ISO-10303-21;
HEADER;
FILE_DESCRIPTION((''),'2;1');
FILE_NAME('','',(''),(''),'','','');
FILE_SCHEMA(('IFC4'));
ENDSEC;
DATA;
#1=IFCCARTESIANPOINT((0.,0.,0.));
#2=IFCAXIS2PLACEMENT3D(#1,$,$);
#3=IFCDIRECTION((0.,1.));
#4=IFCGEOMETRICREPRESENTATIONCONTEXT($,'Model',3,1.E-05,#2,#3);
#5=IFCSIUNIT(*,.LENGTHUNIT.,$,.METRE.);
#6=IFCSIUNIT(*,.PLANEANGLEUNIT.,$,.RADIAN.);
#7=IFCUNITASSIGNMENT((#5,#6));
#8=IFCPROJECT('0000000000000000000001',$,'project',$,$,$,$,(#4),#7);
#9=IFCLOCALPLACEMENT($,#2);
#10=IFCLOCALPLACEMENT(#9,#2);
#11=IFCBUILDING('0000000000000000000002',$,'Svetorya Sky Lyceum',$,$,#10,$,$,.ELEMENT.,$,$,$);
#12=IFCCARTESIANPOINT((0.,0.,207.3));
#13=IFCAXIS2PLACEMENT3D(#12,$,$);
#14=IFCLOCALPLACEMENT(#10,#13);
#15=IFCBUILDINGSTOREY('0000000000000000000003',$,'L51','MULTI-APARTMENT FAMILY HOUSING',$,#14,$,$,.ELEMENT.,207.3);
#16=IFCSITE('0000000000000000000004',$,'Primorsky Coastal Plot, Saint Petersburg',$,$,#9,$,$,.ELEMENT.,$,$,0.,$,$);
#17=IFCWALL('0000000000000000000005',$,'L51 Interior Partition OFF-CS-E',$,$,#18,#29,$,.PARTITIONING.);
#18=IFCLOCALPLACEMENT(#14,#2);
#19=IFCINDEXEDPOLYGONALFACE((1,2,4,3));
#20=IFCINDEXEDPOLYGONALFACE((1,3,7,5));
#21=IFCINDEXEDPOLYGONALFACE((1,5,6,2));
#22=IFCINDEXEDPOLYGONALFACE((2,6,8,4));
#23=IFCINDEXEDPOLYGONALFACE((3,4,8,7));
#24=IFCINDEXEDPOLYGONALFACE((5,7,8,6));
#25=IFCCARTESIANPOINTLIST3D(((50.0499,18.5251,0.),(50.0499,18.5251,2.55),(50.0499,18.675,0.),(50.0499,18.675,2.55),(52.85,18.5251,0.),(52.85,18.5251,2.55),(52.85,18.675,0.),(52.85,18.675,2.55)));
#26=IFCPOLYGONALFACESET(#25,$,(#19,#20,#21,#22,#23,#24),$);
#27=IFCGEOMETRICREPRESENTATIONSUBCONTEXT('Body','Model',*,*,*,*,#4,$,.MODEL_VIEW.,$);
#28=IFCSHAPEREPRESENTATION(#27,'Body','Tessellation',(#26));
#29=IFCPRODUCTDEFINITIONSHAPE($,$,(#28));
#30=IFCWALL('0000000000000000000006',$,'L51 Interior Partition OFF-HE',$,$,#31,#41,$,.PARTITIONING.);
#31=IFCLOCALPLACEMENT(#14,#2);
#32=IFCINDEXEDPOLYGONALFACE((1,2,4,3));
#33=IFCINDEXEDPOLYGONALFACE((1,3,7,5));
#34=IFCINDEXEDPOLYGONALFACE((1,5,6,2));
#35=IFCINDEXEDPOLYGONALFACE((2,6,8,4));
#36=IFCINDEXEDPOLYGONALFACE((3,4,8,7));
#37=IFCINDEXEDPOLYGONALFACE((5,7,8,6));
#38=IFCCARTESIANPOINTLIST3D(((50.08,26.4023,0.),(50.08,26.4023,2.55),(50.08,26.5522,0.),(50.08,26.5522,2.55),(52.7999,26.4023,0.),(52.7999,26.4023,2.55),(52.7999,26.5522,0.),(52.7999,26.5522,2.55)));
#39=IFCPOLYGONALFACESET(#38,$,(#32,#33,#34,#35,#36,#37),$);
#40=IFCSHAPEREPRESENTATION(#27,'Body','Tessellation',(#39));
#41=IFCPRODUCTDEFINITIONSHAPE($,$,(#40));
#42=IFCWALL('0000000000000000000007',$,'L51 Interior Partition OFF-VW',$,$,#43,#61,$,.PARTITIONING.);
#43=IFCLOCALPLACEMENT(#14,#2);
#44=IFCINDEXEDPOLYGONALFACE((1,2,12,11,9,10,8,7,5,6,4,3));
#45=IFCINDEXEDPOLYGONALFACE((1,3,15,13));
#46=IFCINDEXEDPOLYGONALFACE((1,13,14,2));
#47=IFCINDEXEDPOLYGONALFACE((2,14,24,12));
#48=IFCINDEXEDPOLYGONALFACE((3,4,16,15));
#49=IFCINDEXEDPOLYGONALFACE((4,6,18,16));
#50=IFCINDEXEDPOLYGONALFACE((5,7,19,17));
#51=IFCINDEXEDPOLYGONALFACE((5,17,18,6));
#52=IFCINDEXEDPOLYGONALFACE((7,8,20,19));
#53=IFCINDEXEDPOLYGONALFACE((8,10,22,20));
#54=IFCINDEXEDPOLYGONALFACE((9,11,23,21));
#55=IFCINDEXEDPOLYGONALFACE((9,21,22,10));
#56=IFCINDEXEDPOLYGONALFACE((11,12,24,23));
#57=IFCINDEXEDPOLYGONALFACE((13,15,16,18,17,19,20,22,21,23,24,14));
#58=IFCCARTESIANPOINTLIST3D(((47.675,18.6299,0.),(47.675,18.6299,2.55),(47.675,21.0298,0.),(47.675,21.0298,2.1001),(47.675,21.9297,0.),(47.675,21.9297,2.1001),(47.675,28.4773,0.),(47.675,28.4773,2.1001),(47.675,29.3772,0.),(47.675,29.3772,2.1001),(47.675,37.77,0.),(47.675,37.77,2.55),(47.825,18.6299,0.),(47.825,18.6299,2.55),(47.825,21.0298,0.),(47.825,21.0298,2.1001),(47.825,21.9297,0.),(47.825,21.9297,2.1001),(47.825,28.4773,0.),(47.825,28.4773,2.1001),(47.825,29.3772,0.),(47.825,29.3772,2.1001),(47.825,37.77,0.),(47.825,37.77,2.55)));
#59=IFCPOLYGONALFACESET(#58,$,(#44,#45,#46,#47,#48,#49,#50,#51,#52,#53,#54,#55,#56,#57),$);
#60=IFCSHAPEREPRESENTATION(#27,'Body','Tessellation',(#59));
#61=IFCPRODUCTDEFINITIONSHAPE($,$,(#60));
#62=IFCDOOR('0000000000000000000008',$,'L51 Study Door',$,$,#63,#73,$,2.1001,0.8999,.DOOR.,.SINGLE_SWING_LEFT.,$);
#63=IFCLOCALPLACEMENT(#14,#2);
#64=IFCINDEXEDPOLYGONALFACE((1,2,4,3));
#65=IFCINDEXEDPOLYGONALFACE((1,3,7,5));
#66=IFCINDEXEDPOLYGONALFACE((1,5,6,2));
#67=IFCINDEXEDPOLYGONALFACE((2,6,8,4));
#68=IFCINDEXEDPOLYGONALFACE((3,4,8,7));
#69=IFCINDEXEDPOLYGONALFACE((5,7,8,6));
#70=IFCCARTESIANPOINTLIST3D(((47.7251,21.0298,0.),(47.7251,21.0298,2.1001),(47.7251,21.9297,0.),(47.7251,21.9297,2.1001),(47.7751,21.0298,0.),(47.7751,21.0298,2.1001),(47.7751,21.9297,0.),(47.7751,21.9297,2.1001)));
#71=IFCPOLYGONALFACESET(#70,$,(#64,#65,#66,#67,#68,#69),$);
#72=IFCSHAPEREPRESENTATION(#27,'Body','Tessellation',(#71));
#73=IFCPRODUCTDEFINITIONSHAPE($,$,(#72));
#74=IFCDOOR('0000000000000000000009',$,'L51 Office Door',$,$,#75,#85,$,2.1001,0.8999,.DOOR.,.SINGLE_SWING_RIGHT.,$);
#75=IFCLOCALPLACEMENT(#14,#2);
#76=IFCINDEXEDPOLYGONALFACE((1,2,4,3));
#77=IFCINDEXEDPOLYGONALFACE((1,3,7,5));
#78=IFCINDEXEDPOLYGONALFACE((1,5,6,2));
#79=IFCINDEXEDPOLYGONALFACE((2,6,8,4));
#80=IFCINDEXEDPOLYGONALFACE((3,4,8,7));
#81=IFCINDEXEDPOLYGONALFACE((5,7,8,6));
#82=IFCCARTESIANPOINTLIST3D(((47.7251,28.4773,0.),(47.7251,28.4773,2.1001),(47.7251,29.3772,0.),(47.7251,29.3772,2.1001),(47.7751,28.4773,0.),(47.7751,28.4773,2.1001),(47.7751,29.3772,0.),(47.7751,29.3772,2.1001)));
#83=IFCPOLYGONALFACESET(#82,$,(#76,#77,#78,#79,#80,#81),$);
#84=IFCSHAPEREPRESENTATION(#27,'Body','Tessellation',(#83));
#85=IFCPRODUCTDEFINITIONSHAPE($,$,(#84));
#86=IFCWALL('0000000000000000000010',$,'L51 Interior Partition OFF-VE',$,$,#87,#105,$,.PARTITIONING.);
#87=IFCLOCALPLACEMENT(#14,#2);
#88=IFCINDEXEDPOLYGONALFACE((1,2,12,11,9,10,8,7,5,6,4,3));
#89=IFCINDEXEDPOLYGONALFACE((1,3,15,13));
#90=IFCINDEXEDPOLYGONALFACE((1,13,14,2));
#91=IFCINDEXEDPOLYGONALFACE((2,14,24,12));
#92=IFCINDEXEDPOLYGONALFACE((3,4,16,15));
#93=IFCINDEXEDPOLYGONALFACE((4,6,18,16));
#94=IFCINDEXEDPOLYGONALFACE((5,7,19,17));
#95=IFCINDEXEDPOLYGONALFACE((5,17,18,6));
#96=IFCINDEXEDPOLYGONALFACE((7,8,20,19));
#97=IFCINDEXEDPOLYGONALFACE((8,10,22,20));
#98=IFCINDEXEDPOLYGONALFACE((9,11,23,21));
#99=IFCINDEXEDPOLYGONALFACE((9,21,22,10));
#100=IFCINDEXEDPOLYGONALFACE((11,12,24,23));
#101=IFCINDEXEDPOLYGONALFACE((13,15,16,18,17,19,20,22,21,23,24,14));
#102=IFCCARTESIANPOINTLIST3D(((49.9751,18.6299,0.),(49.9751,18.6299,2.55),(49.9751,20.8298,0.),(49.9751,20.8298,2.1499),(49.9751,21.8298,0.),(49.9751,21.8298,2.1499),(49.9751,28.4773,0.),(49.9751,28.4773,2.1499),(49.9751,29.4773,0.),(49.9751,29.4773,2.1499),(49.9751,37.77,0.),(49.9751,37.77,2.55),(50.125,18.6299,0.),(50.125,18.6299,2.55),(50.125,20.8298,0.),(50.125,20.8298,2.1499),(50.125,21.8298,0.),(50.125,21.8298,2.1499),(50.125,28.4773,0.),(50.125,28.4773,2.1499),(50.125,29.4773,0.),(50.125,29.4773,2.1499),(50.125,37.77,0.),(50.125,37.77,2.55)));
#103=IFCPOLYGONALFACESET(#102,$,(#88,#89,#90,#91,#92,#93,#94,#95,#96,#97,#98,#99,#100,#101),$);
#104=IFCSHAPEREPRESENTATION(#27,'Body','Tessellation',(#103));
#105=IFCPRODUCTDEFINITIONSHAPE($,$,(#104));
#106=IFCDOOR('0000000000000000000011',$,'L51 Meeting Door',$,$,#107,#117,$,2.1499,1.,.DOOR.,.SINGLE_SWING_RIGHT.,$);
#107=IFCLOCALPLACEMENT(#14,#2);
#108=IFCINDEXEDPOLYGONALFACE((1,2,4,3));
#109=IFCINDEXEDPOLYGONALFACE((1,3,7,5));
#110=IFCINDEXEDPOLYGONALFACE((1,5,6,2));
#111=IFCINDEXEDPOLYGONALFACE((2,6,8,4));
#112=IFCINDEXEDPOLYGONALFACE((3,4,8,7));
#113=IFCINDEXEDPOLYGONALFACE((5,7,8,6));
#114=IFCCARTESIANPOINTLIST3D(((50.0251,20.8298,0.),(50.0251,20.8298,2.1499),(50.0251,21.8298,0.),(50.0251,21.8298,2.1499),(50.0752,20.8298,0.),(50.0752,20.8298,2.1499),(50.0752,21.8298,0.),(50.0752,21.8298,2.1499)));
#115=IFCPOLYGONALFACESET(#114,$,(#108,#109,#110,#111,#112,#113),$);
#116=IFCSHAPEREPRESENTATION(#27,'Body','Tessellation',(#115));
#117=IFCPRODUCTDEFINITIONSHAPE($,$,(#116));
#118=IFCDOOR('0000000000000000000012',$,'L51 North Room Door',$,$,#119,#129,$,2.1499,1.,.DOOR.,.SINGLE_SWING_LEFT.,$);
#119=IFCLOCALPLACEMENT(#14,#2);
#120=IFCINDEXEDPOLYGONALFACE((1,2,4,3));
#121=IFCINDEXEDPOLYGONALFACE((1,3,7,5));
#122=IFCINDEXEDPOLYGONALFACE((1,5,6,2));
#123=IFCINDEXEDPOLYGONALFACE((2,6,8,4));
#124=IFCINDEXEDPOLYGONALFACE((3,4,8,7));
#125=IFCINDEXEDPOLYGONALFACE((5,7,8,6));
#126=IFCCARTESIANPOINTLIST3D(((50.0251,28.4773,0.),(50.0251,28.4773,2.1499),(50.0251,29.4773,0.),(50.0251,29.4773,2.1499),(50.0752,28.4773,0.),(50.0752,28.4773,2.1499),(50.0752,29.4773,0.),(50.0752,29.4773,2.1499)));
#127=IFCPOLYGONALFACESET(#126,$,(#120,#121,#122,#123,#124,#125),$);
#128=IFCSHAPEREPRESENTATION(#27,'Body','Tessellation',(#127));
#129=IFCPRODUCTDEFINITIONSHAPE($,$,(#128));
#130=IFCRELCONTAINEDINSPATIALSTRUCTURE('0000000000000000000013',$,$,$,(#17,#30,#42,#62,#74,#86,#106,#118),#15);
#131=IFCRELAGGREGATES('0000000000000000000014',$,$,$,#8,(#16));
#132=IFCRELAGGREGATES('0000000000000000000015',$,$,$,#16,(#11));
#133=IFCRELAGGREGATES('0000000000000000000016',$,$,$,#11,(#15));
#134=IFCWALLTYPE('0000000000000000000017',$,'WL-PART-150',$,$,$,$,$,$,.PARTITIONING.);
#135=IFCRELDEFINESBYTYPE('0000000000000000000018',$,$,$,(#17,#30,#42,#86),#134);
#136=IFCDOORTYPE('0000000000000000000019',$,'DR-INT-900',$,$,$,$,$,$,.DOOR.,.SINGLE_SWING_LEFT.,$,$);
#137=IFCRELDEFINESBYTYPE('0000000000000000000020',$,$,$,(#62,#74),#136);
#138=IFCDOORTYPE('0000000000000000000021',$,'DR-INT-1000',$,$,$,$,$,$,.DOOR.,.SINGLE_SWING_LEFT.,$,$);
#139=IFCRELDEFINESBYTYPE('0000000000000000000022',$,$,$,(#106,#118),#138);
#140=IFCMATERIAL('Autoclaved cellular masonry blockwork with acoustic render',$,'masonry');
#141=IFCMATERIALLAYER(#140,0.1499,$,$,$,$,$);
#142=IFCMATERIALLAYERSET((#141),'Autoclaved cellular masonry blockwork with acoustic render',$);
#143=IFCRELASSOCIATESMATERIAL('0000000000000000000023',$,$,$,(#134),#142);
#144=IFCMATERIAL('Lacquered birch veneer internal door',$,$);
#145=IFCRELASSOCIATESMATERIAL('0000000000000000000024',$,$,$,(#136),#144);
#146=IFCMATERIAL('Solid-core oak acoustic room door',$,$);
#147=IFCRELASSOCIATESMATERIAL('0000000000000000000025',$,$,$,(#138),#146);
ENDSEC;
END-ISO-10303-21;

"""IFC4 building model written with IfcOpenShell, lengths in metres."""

from ifc_helpers import new_model, si_unit, direction, frame, frame_2d, origin, place, context, subcontext, project, spatial, rectangle, extrude, material, layer, layer_set, type_object, element, fill, save


model = new_model("IFC4")

# Units and contexts
model_context = context("Model", 3, precision=1e-05, world=origin(), true_north=direction((0.0, 1.0)))
body_context = subcontext(model_context, "Body", "Model", "MODEL_VIEW")
ifc_project = project(units=[si_unit("LENGTHUNIT", "METRE"), si_unit("PLANEANGLEUNIT", "RADIAN")], contexts=[model_context])

# Site, building, storey
site_placement = place(None, origin())
site = spatial("IfcSite", under=ifc_project, at=site_placement, Name="Primorsky Coastal Plot, Saint Petersburg", CompositionType="ELEMENT", RefElevation=0.0)
building_placement = place(site_placement, origin())
building = spatial("IfcBuilding", under=site, at=building_placement, Name="Svetorya Sky Lyceum", CompositionType="ELEMENT")
storey_placement = place(building_placement, frame((0.0, 0.0, 207.3)))
storey = spatial("IfcBuildingStorey", under=building, at=storey_placement, Name="L51", Description="MULTI-APARTMENT FAMILY HOUSING", CompositionType="ELEMENT", Elevation=207.3)

# Walls
ifc_material_1 = material(Name="Autoclaved cellular masonry blockwork with acoustic render", Category="masonry")
ifc_layer_1 = layer(ifc_material_1, 0.1499)
ifc_layer_set_1 = layer_set([ifc_layer_1], Name="Autoclaved cellular masonry blockwork with acoustic render")
wall_type_1 = type_object("IfcWallType", Name="WL-PART-150", PredefinedType="PARTITIONING", material=ifc_layer_set_1)
wall_1_placement = place(storey_placement, frame((50.05, 18.6001, 0.0), z_axis=(0.0, 0.0, 1.0), x_axis=(1.0, 0.0, 0.0)))
element("IfcWall", 1, at=wall_1_placement, inside=storey, type_object=wall_type_1, Name="L51 Interior Partition OFF-CS-E", PredefinedType="PARTITIONING", context=body_context, shape_type="SweptSolid", body=[
    extrude(rectangle(XDim=2.8, YDim=0.1499, at=frame_2d((1.3999, 0.0))), origin(), (0.0, 0.0, 1.0), 2.55),
])
wall_2_placement = place(storey_placement, frame((50.0801, 26.4773, 0.0), z_axis=(0.0, 0.0, 1.0), x_axis=(1.0, 0.0, 0.0)))
element("IfcWall", 2, at=wall_2_placement, inside=storey, type_object=wall_type_1, Name="L51 Interior Partition OFF-HE", PredefinedType="PARTITIONING", context=body_context, shape_type="SweptSolid", body=[
    extrude(rectangle(XDim=2.72, YDim=0.1499, at=frame_2d((1.3599, 0.0))), origin(), (0.0, 0.0, 1.0), 2.55),
])

# Walls, openings, doors
wall_3_placement = place(storey_placement, frame((47.75, 18.6299, 0.0), z_axis=(0.0, 0.0, 1.0), x_axis=(0.0, 1.0, 0.0)))
wall_3 = element("IfcWall", 3, at=wall_3_placement, inside=storey, type_object=wall_type_1, Name="L51 Interior Partition OFF-VW", PredefinedType="PARTITIONING", context=body_context, shape_type="SweptSolid", body=[
    extrude(rectangle(XDim=19.1401, YDim=0.1499, at=frame_2d((9.5701, 0.0))), origin(), (0.0, 0.0, 1.0), 2.55),
])
opening_1_placement = place(wall_3_placement, frame((2.3999, 0.0, 0.0)))
opening_1 = element("IfcOpeningElement", 4, at=opening_1_placement, cuts=wall_3, PredefinedType="OPENING", context=body_context, shape_type="SweptSolid", body=[
    extrude(rectangle(XDim=0.8999, YDim=2.1001, at=frame_2d((0.45, 1.05))), frame((0.0, 0.085, 0.0), z_axis=(0.0, -1.0, 0.0), x_axis=(1.0, 0.0, 0.0)), (0.0, 0.0, 1.0), 0.1699),
])
opening_2_placement = place(wall_3_placement, frame((9.8474, 0.0, 0.0)))
opening_2 = element("IfcOpeningElement", 5, at=opening_2_placement, cuts=wall_3, PredefinedType="OPENING", context=body_context, shape_type="SweptSolid", body=[
    extrude(rectangle(XDim=0.8999, YDim=2.1001, at=frame_2d((0.45, 1.05))), frame((0.0, 0.085, 0.0), z_axis=(0.0, -1.0, 0.0), x_axis=(1.0, 0.0, 0.0)), (0.0, 0.0, 1.0), 0.1699),
])
ifc_material_2 = material(Name="Lacquered birch veneer internal door")
door_type_1 = type_object("IfcDoorType", Name="DR-INT-900", OperationType="SINGLE_SWING_LEFT", PredefinedType="DOOR", material=ifc_material_2)
door_1_placement = place(opening_1_placement, origin())
door_1 = element("IfcDoor", 6, at=door_1_placement, inside=storey, type_object=door_type_1, Name="L51 Study Door", OperationType="SINGLE_SWING_LEFT", OverallHeight=2.1001, OverallWidth=0.8999, PredefinedType="DOOR", context=body_context, shape_type="SweptSolid", body=[
    extrude(rectangle(XDim=0.8999, YDim=2.1001, at=frame_2d((0.45, 1.05))), frame((0.0, 0.0249, 0.0), z_axis=(0.0, -1.0, 0.0), x_axis=(1.0, 0.0, 0.0)), (0.0, 0.0, 1.0), 0.05),
])
fill(opening_1, door_1)
door_2_placement = place(opening_2_placement, origin())
door_2 = element("IfcDoor", 7, at=door_2_placement, inside=storey, type_object=door_type_1, Name="L51 Office Door", OperationType="SINGLE_SWING_RIGHT", OverallHeight=2.1001, OverallWidth=0.8999, PredefinedType="DOOR", context=body_context, shape_type="SweptSolid", body=[
    extrude(rectangle(XDim=0.8999, YDim=2.1001, at=frame_2d((0.45, 1.05))), frame((0.0, 0.0249, 0.0), z_axis=(0.0, -1.0, 0.0), x_axis=(1.0, 0.0, 0.0)), (0.0, 0.0, 1.0), 0.05),
])
fill(opening_2, door_2)
wall_4_placement = place(storey_placement, frame((50.05, 18.6299, 0.0), z_axis=(0.0, 0.0, 1.0), x_axis=(0.0, 1.0, 0.0)))
wall_4 = element("IfcWall", 8, at=wall_4_placement, inside=storey, type_object=wall_type_1, Name="L51 Interior Partition OFF-VE", PredefinedType="PARTITIONING", context=body_context, shape_type="SweptSolid", body=[
    extrude(rectangle(XDim=19.1401, YDim=0.1499, at=frame_2d((9.5701, 0.0))), origin(), (0.0, 0.0, 1.0), 2.55),
])
opening_3_placement = place(wall_4_placement, frame((2.2, 0.0, 0.0)))
opening_3 = element("IfcOpeningElement", 9, at=opening_3_placement, cuts=wall_4, PredefinedType="OPENING", context=body_context, shape_type="SweptSolid", body=[
    extrude(rectangle(XDim=1.0, YDim=2.1499, at=frame_2d((0.5, 1.075))), frame((0.0, 0.085, 0.0), z_axis=(0.0, -1.0, 0.0), x_axis=(1.0, 0.0, 0.0)), (0.0, 0.0, 1.0), 0.1699),
])
opening_4_placement = place(wall_4_placement, frame((9.8474, 0.0, 0.0)))
opening_4 = element("IfcOpeningElement", 10, at=opening_4_placement, cuts=wall_4, PredefinedType="OPENING", context=body_context, shape_type="SweptSolid", body=[
    extrude(rectangle(XDim=1.0, YDim=2.1499, at=frame_2d((0.5, 1.075))), frame((0.0, 0.085, 0.0), z_axis=(0.0, -1.0, 0.0), x_axis=(1.0, 0.0, 0.0)), (0.0, 0.0, 1.0), 0.1699),
])
ifc_material_3 = material(Name="Solid-core oak acoustic room door")
door_type_2 = type_object("IfcDoorType", Name="DR-INT-1000", OperationType="SINGLE_SWING_LEFT", PredefinedType="DOOR", material=ifc_material_3)
door_3_placement = place(opening_3_placement, origin())
door_3 = element("IfcDoor", 11, at=door_3_placement, inside=storey, type_object=door_type_2, Name="L51 Meeting Door", OperationType="SINGLE_SWING_RIGHT", OverallHeight=2.1499, OverallWidth=1.0, PredefinedType="DOOR", context=body_context, shape_type="SweptSolid", body=[
    extrude(rectangle(XDim=1.0, YDim=2.1499, at=frame_2d((0.5, 1.075))), frame((0.0, 0.0249, 0.0), z_axis=(0.0, -1.0, 0.0), x_axis=(1.0, 0.0, 0.0)), (0.0, 0.0, 1.0), 0.05),
])
fill(opening_3, door_3)
door_4_placement = place(opening_4_placement, origin())
door_4 = element("IfcDoor", 12, at=door_4_placement, inside=storey, type_object=door_type_2, Name="L51 North Room Door", OperationType="SINGLE_SWING_LEFT", OverallHeight=2.1499, OverallWidth=1.0, PredefinedType="DOOR", context=body_context, shape_type="SweptSolid", body=[
    extrude(rectangle(XDim=1.0, YDim=2.1499, at=frame_2d((0.5, 1.075))), frame((0.0, 0.0249, 0.0), z_axis=(0.0, -1.0, 0.0), x_axis=(1.0, 0.0, 0.0)), (0.0, 0.0, 1.0), 0.05),
])
fill(opening_4, door_4)

save(model, "model.ifc")
